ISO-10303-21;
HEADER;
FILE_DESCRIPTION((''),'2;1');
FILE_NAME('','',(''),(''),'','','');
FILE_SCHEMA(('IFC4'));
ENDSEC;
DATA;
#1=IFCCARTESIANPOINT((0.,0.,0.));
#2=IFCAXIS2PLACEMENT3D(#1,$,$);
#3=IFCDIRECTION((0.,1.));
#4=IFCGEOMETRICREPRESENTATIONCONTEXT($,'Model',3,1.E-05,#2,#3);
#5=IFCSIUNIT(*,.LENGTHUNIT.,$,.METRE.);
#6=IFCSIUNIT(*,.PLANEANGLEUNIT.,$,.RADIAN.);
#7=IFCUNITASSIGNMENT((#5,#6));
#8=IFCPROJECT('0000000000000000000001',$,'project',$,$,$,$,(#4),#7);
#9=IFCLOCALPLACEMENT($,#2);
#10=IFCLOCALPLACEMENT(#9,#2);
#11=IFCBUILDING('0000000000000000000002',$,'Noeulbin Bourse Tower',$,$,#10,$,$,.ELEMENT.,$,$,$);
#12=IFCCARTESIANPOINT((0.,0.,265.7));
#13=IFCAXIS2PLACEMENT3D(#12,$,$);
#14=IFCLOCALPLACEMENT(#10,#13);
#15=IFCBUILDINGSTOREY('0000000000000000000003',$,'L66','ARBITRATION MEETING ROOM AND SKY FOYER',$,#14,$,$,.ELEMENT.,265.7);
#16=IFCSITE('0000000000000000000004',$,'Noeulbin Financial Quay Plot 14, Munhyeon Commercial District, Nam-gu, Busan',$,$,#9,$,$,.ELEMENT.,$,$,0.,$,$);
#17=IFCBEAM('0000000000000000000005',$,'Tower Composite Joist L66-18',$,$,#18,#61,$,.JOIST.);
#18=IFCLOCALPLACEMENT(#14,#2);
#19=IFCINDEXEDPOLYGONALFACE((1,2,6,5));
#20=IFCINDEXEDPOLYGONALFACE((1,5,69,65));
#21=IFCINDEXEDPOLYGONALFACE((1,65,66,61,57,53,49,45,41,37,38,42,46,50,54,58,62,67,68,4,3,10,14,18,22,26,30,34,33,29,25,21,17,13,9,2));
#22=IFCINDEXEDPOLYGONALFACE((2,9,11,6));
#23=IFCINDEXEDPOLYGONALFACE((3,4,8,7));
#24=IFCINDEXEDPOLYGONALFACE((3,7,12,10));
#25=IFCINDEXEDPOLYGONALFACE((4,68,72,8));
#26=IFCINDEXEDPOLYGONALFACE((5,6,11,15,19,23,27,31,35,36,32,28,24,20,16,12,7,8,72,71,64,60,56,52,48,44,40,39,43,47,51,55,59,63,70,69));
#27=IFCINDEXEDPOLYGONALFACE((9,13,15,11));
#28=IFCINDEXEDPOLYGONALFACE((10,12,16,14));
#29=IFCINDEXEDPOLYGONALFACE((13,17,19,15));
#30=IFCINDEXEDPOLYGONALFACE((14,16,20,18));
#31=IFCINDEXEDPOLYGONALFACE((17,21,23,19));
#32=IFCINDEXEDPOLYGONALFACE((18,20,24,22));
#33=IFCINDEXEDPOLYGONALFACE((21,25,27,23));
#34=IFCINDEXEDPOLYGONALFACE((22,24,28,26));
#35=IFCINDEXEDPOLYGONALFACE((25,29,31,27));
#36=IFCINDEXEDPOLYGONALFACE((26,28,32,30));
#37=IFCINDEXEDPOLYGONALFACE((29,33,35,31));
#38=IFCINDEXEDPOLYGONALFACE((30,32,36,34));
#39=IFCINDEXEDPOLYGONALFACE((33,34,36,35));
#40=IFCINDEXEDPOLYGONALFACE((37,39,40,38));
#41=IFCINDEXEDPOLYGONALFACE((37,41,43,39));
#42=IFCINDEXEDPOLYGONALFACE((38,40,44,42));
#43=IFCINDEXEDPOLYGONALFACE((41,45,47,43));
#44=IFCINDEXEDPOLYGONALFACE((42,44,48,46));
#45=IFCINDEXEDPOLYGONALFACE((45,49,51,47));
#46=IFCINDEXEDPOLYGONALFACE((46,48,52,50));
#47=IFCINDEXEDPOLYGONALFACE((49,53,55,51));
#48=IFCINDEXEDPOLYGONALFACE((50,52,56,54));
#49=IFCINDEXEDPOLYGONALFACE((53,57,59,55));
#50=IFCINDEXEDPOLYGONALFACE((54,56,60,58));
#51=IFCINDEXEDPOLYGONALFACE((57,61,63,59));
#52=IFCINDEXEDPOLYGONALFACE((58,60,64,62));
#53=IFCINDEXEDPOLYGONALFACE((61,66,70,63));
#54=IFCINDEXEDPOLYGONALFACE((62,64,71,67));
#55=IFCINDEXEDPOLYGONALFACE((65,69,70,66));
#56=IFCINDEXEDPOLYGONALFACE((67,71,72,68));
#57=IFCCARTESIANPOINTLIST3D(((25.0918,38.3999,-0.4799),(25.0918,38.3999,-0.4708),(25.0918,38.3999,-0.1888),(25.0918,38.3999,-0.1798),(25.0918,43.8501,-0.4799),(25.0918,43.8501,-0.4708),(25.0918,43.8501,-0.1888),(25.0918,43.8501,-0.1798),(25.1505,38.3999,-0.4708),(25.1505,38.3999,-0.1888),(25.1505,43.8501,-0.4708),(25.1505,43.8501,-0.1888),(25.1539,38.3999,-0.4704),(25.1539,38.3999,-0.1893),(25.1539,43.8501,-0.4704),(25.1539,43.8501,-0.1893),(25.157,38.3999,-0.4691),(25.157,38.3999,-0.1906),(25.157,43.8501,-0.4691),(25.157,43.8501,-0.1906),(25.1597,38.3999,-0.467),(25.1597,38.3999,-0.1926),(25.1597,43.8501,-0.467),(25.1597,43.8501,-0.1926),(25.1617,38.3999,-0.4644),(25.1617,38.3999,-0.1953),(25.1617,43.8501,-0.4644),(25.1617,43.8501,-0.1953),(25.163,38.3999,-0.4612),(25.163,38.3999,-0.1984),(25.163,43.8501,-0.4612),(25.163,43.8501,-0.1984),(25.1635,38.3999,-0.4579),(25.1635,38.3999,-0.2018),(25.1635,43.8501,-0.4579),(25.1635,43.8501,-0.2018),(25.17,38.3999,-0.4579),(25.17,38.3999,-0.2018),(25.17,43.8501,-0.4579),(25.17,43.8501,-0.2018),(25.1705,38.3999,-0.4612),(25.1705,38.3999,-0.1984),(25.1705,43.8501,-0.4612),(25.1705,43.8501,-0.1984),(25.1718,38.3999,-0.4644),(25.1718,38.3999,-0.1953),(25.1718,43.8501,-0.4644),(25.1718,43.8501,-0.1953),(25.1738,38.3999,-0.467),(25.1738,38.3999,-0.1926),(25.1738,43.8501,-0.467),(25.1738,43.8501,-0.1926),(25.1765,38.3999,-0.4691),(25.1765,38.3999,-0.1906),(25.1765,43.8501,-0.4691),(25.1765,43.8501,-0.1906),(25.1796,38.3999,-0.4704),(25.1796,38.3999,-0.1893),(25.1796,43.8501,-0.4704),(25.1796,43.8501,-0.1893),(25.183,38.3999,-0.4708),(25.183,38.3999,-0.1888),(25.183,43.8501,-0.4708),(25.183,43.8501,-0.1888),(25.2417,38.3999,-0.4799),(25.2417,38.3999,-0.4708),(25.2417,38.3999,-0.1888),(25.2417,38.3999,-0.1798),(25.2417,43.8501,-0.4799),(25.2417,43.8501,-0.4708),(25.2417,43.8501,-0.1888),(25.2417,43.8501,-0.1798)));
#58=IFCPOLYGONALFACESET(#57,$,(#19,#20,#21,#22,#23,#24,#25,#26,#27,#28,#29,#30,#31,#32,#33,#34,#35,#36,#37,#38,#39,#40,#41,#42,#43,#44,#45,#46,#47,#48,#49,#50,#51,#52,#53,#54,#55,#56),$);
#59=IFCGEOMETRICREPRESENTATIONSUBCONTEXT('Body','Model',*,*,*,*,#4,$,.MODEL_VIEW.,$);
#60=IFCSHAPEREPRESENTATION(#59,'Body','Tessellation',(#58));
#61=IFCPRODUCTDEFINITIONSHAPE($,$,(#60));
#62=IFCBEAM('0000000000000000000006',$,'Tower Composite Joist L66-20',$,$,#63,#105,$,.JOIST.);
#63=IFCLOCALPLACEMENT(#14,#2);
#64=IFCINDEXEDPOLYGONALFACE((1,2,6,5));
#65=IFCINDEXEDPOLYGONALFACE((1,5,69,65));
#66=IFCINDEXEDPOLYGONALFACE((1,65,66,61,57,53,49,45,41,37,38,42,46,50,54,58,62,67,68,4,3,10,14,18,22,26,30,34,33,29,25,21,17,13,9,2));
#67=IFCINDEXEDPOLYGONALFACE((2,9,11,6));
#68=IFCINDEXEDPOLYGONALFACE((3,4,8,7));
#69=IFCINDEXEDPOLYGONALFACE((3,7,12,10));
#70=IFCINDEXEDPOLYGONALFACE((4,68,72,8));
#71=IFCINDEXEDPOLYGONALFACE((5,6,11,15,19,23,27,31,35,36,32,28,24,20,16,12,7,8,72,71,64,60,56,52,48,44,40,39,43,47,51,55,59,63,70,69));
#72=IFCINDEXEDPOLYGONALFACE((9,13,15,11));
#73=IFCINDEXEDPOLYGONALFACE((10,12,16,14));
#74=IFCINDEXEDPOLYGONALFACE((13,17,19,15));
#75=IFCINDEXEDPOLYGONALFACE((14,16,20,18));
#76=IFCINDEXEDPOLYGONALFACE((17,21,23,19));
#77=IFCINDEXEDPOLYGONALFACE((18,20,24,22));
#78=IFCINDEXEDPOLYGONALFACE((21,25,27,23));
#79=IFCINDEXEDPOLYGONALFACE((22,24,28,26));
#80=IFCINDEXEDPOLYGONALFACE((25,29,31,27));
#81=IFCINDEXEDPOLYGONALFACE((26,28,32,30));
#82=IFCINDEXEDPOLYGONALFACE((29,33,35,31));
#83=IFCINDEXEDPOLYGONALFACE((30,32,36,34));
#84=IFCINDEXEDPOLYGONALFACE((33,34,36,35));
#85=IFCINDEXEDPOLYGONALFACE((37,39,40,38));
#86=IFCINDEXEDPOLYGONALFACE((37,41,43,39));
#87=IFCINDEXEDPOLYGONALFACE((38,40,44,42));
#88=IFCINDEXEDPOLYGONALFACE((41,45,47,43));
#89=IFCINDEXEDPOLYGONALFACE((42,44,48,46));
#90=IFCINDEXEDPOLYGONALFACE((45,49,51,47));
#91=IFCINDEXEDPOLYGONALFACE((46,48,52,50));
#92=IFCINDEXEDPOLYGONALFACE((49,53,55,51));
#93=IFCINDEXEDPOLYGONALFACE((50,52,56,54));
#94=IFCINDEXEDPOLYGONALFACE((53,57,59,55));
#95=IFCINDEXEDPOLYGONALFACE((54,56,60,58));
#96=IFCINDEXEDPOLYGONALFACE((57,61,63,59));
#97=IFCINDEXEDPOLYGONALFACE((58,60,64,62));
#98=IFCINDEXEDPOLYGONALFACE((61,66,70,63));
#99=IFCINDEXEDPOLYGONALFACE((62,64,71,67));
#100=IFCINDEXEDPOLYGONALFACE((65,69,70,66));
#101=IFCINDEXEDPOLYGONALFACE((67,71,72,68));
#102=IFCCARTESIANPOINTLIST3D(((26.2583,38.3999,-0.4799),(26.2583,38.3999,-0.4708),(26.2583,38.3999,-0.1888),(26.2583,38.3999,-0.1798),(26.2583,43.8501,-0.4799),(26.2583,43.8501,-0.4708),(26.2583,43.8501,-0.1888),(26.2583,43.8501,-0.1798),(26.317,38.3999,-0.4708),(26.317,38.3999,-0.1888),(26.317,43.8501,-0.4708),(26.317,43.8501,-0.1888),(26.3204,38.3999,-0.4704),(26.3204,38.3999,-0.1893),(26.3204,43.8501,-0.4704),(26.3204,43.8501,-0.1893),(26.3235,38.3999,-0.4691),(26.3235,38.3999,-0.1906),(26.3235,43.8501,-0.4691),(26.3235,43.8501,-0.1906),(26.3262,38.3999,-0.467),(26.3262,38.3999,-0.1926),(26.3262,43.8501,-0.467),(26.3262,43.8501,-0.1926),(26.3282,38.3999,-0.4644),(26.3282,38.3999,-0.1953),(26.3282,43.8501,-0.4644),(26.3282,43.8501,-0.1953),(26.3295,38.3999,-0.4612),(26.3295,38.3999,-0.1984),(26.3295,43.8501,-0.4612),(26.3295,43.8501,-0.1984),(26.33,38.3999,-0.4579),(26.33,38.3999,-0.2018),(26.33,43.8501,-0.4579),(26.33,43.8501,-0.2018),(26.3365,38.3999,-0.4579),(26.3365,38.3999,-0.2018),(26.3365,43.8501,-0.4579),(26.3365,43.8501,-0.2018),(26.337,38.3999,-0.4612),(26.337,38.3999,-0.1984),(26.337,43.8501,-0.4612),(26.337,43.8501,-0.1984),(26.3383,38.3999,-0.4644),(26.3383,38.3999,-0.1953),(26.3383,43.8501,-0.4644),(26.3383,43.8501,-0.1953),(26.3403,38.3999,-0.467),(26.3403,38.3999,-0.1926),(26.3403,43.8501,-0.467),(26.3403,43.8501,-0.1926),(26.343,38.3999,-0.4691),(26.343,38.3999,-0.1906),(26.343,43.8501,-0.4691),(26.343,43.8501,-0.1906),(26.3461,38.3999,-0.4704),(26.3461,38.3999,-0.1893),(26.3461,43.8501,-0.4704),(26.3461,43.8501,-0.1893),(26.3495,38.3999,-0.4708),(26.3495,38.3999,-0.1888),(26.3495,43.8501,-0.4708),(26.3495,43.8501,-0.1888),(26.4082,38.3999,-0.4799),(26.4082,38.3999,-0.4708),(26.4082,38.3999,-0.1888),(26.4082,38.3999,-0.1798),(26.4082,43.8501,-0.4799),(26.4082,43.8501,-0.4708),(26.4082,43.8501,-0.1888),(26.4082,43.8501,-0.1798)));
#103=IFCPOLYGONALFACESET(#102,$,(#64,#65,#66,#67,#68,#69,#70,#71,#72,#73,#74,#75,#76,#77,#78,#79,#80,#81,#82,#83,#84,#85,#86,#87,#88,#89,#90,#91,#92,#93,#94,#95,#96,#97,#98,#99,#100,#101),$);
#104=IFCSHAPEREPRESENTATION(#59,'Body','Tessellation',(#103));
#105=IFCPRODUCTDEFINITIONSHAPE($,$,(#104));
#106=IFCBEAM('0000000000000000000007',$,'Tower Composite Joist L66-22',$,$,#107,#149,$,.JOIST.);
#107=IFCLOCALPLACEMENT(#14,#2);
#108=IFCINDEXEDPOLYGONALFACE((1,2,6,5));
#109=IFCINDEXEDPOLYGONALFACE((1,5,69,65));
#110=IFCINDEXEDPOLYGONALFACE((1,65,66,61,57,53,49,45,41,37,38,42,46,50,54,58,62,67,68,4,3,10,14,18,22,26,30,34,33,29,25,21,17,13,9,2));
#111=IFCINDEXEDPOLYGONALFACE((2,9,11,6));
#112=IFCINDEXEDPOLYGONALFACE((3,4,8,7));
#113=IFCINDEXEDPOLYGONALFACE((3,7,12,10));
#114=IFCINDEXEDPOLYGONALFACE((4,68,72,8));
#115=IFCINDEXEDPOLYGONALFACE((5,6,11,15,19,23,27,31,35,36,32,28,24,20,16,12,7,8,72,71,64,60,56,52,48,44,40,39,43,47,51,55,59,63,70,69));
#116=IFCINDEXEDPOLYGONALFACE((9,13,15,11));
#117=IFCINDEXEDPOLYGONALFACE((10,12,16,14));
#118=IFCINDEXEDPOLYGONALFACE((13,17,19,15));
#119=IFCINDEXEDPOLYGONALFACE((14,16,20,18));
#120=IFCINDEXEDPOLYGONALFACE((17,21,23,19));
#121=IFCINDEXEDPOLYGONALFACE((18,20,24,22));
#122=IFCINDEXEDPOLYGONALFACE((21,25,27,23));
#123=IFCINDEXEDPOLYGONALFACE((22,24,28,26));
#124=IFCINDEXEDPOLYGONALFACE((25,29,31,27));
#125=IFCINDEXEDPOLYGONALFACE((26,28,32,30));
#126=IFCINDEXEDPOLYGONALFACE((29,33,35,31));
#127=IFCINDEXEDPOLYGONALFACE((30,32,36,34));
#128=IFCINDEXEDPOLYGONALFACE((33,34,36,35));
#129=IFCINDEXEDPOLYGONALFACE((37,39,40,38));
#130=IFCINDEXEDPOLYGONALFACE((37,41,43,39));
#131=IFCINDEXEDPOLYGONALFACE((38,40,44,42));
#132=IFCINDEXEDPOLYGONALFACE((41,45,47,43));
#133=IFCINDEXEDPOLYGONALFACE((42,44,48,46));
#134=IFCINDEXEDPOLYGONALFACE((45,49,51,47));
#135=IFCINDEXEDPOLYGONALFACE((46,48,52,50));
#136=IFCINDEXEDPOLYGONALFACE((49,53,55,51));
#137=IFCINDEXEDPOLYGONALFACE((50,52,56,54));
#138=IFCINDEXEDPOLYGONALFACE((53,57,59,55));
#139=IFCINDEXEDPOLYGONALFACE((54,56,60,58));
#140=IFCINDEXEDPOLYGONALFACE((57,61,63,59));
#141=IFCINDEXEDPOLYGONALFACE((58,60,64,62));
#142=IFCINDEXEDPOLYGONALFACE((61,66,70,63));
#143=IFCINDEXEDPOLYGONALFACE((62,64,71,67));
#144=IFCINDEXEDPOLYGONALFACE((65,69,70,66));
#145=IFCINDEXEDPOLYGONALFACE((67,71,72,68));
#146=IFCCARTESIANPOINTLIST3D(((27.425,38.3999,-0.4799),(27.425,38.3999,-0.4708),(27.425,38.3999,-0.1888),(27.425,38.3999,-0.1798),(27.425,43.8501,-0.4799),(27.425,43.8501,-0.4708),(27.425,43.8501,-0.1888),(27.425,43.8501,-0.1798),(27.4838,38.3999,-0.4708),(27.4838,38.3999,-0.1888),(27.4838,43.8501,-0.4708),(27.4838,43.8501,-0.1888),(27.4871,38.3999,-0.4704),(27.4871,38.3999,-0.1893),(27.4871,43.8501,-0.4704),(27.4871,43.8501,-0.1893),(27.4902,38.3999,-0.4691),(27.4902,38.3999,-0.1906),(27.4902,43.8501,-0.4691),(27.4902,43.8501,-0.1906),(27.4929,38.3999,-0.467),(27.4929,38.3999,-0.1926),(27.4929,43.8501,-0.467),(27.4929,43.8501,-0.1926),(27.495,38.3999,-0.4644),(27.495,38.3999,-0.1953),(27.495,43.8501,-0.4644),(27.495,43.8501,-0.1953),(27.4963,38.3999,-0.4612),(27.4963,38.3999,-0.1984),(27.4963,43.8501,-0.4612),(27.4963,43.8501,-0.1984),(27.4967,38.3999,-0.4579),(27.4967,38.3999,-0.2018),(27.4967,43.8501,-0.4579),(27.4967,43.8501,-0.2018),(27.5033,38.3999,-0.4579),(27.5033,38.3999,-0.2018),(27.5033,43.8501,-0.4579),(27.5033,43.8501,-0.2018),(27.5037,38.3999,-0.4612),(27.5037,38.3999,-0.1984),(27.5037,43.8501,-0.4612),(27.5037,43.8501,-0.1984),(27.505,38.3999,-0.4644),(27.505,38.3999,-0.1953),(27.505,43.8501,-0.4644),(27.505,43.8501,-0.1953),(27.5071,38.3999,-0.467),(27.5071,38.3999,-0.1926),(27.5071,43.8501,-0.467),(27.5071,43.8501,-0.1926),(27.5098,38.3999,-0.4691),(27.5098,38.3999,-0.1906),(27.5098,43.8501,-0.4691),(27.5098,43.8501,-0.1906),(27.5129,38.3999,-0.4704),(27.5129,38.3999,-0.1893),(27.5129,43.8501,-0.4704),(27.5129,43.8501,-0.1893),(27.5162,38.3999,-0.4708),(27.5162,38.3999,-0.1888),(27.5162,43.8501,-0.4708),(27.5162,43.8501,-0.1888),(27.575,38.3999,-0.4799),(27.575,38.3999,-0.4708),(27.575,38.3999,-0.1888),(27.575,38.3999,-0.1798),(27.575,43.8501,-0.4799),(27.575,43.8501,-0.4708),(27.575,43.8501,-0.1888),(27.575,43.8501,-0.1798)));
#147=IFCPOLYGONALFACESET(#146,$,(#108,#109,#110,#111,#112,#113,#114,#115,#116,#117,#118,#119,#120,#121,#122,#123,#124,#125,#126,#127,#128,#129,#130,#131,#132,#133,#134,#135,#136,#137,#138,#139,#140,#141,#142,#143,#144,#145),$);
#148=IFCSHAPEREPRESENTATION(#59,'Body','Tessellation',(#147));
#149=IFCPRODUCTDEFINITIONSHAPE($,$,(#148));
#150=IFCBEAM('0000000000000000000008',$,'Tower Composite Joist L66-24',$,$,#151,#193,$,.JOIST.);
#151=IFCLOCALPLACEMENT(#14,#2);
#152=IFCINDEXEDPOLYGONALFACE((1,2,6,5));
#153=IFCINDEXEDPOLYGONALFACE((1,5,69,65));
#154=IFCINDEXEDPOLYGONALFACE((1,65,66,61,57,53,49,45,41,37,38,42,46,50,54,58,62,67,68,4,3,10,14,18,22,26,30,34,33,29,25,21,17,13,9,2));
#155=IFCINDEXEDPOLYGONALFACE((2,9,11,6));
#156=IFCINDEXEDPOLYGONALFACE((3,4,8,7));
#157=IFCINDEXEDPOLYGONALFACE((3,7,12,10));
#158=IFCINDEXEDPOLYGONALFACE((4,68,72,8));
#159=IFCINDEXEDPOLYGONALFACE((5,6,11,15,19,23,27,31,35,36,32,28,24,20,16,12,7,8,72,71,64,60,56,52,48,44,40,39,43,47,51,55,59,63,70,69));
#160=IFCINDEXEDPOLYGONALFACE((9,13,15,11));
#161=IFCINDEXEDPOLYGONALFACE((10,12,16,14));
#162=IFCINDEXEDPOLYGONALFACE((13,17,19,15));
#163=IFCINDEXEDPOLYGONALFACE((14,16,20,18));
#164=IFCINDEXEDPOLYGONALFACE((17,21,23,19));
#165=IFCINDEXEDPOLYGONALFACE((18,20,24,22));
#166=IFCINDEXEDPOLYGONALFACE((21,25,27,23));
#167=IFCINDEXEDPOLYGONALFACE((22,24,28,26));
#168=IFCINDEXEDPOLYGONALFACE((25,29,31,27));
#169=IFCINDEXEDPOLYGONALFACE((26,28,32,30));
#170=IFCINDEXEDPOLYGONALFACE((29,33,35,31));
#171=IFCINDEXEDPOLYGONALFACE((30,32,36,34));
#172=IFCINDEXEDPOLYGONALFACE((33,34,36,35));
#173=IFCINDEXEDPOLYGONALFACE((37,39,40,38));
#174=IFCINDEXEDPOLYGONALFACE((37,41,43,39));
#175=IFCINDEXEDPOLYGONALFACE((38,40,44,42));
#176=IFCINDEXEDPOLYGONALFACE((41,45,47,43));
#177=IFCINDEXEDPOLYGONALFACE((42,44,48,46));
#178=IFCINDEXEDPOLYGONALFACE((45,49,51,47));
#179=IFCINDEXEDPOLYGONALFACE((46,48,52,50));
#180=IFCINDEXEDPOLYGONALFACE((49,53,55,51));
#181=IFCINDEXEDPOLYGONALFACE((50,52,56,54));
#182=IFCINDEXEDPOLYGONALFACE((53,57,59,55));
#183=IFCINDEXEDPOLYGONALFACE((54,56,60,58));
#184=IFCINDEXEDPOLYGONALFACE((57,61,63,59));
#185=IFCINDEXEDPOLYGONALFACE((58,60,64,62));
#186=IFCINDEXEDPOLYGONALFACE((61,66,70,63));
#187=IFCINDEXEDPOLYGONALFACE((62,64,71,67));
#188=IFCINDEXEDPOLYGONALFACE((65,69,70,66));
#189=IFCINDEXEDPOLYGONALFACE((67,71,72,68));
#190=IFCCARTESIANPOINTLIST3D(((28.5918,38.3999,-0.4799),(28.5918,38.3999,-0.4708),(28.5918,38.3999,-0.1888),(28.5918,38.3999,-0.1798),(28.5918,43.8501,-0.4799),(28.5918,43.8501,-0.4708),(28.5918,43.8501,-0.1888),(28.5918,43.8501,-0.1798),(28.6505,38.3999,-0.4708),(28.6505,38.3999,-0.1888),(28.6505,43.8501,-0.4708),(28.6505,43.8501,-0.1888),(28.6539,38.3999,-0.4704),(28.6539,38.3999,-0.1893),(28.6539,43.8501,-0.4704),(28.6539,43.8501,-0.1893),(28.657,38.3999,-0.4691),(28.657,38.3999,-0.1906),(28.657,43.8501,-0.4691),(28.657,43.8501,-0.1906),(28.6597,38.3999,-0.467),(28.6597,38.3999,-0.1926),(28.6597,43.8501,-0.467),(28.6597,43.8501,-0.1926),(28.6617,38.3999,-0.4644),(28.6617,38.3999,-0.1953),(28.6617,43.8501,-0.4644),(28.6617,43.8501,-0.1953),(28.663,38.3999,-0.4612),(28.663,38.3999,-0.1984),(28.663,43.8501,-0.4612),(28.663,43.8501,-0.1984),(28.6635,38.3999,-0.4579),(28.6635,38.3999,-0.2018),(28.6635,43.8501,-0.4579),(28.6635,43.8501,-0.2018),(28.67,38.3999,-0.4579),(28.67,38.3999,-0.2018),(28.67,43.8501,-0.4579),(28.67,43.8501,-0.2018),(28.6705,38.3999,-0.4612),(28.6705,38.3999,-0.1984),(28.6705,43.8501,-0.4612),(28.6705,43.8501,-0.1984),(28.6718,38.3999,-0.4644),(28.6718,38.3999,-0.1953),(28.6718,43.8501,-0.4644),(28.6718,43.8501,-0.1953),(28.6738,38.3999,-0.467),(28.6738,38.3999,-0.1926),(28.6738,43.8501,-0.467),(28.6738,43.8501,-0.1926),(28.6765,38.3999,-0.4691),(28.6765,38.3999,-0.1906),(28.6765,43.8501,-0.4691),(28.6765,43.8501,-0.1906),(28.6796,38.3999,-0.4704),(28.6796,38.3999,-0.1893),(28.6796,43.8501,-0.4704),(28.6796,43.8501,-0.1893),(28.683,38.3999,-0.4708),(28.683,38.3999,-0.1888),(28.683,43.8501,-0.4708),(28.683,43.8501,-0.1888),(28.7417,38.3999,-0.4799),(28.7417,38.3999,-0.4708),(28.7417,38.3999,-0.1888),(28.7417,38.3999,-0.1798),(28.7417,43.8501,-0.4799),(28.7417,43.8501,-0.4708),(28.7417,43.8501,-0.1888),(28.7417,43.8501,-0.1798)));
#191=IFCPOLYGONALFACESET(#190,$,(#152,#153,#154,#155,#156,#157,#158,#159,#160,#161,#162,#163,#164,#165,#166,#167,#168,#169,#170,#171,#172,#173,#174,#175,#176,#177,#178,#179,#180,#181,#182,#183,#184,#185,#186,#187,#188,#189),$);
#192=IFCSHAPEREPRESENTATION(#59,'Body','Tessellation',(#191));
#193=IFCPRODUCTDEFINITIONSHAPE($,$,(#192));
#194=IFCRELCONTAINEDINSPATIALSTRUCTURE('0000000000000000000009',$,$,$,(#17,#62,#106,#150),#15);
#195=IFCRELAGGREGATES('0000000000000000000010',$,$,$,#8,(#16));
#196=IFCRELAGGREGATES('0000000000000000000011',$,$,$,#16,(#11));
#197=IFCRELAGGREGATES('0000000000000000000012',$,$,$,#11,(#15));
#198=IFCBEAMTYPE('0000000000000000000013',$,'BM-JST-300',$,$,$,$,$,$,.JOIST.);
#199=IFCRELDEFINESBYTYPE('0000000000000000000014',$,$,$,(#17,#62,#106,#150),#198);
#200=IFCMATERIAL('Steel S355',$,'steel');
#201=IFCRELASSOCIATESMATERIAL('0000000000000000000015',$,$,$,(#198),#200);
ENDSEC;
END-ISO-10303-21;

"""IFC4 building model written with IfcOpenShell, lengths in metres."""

from ifc_helpers import new_model, si_unit, direction, frame, origin, origin_2d, place, context, subcontext, project, spatial, i_section, extrude, material, material_profile, profile_set, type_object, element, save


model = new_model("IFC4")

# Units and contexts
model_context = context("Model", 3, precision=1e-05, world=origin(), true_north=direction((0.0, 1.0)))
body_context = subcontext(model_context, "Body", "Model", "MODEL_VIEW")
ifc_project = project(units=[si_unit("LENGTHUNIT", "METRE"), si_unit("PLANEANGLEUNIT", "RADIAN")], contexts=[model_context])

# Site, building, storey
site_placement = place(None, origin())
site = spatial("IfcSite", under=ifc_project, at=site_placement, Name="Noeulbin Financial Quay Plot 14, Munhyeon Commercial District, Nam-gu, Busan", CompositionType="ELEMENT", RefElevation=0.0)
building_placement = place(site_placement, origin())
building = spatial("IfcBuilding", under=site, at=building_placement, Name="Noeulbin Bourse Tower", CompositionType="ELEMENT")
storey_placement = place(building_placement, frame((0.0, 0.0, 265.7)))
storey = spatial("IfcBuildingStorey", under=building, at=storey_placement, Name="L66", Description="ARBITRATION MEETING ROOM AND SKY FOYER", CompositionType="ELEMENT", Elevation=265.7)

# Shared definitions
ifc_material_1 = material(Name="Steel S355", Category="steel")

# Beams
ifc_material_profile_1 = material_profile(ifc_material_1, i_section(OverallWidth=0.1499, OverallDepth=0.3, WebThickness=0.0066, FlangeThickness=0.009, FilletRadius=0.0129, at=origin_2d()), Name="H-300x150x6.5x9", Category="LoadBearing")
ifc_profile_set_1 = profile_set([ifc_material_profile_1], Name="Steel S355")
beam_type_1 = type_object("IfcBeamType", Name="BM-JST-300", PredefinedType="JOIST", material=ifc_profile_set_1)
for number, where, z_axis, x_axis, name in (
    (1, (25.1667, 38.3999, -0.3298), (0.0, 1.0, 0.0), (-1.0, 0.0, 0.0), "Tower Composite Joist L66-18"),
    (2, (26.3333, 38.3999, -0.3298), (0.0, 1.0, 0.0), (-1.0, 0.0, 0.0), "Tower Composite Joist L66-20"),
    (3, (27.5, 38.3999, -0.3298), (0.0, 1.0, 0.0), (-1.0, 0.0, 0.0), "Tower Composite Joist L66-22"),
    (4, (28.6667, 38.3999, -0.3298), (0.0, 1.0, 0.0), (-1.0, 0.0, 0.0), "Tower Composite Joist L66-24"),
):
    element("IfcBeam", number, at=place(storey_placement, frame(where, z_axis=z_axis, x_axis=x_axis)), inside=storey, type_object=beam_type_1, Name=name, PredefinedType="JOIST", context=body_context, shape_type="SweptSolid", body=[
        extrude(i_section(OverallWidth=0.1499, OverallDepth=0.3, WebThickness=0.0066, FlangeThickness=0.009, FilletRadius=0.0129, at=origin_2d()), origin(), (0.0, 0.0, 1.0), 5.4502),
    ])

save(model, "model.ifc")
